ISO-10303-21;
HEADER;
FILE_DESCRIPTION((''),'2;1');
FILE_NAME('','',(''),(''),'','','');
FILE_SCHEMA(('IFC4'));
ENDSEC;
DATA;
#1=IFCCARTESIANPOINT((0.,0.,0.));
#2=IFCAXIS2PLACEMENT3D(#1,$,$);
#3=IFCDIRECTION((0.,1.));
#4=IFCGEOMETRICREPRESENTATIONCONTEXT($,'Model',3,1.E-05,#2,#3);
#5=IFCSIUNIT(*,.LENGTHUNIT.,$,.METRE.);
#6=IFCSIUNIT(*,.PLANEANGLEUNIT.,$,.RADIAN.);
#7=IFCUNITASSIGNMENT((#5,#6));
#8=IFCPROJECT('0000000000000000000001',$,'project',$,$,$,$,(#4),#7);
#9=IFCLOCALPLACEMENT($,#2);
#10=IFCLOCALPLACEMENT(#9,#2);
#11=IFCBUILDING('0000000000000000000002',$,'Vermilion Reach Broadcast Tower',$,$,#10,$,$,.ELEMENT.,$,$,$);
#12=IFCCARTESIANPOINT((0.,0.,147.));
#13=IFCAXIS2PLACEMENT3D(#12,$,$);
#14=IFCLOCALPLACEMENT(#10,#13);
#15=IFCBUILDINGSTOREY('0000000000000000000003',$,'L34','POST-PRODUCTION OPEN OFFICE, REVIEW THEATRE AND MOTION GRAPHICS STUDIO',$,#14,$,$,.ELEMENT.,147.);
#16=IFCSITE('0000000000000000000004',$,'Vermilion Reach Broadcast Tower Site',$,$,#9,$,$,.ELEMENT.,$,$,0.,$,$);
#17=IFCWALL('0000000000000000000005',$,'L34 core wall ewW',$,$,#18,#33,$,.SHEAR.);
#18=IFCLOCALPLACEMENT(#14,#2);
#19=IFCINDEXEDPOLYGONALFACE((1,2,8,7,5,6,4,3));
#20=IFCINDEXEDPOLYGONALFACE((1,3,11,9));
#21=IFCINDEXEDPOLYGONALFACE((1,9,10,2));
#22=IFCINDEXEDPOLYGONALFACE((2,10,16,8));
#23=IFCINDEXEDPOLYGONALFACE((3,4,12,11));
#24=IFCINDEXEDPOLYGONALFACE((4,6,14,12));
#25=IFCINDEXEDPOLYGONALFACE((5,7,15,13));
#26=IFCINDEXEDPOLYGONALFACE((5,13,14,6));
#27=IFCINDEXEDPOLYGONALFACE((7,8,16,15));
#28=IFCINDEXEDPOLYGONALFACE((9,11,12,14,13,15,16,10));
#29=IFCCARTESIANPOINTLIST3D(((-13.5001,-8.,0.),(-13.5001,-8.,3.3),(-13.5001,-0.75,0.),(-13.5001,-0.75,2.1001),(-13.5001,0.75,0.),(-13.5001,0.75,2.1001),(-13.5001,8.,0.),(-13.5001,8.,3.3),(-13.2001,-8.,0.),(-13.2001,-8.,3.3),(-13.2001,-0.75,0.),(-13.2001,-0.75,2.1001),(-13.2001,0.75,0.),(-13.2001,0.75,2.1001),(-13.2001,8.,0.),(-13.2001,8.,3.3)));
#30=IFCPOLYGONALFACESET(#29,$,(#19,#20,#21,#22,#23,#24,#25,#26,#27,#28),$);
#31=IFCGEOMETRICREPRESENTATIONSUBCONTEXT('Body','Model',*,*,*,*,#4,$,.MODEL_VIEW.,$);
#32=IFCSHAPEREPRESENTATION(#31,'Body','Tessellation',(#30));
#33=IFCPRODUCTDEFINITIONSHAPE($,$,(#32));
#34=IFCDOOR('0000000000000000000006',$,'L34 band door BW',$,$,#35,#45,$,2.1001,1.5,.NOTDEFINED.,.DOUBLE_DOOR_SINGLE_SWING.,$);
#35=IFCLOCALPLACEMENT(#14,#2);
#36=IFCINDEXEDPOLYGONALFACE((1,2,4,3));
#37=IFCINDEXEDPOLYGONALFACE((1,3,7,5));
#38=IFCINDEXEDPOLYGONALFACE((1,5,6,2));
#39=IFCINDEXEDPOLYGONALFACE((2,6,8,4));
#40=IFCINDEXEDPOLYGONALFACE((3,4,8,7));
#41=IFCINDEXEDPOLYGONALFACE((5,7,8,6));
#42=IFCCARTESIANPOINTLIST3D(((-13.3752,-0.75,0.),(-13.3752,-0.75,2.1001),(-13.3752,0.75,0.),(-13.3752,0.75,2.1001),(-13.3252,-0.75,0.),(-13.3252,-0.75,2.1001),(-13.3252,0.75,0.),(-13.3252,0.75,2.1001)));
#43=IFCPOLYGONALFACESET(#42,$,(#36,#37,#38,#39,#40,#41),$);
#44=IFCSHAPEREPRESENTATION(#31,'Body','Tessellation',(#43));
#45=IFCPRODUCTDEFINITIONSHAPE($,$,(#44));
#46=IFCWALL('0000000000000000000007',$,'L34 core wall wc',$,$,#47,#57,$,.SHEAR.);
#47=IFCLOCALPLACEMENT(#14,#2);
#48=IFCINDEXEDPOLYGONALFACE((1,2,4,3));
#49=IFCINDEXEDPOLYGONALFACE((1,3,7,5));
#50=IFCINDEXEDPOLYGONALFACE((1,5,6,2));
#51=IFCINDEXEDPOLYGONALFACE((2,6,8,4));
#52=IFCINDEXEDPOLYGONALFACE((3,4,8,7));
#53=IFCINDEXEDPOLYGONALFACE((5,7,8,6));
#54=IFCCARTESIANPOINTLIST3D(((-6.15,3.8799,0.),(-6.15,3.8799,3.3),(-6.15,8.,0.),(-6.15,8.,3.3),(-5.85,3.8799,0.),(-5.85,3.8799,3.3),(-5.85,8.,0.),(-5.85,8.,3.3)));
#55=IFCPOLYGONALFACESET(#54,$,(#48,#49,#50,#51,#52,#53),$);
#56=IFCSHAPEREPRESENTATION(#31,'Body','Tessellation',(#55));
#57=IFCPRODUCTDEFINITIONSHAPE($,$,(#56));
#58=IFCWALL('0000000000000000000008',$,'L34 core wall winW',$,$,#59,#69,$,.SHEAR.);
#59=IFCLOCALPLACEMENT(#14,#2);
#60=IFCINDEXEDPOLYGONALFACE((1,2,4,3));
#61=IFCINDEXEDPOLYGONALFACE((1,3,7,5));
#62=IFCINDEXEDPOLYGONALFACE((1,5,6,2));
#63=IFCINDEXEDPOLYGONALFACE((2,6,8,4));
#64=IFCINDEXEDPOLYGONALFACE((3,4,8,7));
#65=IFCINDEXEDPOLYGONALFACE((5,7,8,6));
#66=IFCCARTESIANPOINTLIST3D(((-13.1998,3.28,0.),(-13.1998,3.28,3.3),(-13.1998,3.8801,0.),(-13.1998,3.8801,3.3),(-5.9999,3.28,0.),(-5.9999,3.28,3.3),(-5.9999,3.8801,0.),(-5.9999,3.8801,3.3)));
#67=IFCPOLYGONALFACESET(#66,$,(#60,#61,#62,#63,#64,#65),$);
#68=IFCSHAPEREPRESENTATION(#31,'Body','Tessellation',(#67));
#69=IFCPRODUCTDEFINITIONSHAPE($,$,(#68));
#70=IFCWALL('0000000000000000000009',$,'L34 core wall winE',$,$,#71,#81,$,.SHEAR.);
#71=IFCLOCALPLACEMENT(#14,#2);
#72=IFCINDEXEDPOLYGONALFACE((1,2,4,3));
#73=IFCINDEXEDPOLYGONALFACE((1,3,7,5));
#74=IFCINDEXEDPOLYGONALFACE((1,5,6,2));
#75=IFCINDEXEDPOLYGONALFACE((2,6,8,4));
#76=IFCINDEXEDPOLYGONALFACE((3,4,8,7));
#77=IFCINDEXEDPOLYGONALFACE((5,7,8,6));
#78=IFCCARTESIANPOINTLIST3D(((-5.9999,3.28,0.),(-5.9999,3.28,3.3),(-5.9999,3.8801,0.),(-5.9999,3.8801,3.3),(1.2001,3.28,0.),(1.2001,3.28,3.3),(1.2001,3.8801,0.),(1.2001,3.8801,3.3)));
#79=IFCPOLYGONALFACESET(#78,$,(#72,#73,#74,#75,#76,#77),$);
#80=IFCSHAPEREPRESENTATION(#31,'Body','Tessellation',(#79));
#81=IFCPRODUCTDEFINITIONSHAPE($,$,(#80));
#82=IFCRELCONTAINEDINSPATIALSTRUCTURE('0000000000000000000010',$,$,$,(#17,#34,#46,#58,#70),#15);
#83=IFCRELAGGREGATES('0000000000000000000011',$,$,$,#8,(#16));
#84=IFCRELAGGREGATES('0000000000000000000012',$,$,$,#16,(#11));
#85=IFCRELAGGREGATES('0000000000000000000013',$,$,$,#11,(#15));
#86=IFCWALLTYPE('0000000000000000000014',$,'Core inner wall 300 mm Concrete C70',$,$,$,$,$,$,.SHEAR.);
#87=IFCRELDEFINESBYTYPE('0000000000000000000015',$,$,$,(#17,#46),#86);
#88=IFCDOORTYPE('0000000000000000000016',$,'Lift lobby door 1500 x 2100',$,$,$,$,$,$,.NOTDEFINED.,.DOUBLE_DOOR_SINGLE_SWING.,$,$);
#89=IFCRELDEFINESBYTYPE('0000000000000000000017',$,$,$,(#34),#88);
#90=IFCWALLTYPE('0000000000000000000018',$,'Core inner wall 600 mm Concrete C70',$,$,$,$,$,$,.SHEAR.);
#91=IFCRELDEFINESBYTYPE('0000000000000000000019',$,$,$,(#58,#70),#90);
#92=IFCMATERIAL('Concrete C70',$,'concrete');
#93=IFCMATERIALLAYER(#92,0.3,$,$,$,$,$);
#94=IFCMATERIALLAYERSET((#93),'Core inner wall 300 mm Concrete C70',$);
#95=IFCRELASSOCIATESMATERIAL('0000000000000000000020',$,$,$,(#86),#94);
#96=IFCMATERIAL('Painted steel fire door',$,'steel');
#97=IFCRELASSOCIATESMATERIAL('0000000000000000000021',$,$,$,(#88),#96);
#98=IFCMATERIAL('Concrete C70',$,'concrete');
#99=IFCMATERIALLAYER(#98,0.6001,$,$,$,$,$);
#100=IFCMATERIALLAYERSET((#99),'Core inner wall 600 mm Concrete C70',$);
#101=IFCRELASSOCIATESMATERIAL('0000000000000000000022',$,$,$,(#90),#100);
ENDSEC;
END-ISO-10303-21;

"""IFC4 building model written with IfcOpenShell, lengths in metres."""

from ifc_helpers import new_model, si_unit, direction, frame, frame_2d, origin, place, context, subcontext, project, spatial, rectangle, extrude, material, layer, layer_set, type_object, element, fill, save


model = new_model("IFC4")

# Units and contexts
model_context = context("Model", 3, precision=1e-05, world=origin(), true_north=direction((0.0, 1.0)))
body_context = subcontext(model_context, "Body", "Model", "MODEL_VIEW")
ifc_project = project(units=[si_unit("LENGTHUNIT", "METRE"), si_unit("PLANEANGLEUNIT", "RADIAN")], contexts=[model_context])

# Site, building, storey
site_placement = place(None, origin())
site = spatial("IfcSite", under=ifc_project, at=site_placement, Name="Vermilion Reach Broadcast Tower Site", CompositionType="ELEMENT", RefElevation=0.0)
building_placement = place(site_placement, origin())
building = spatial("IfcBuilding", under=site, at=building_placement, Name="Vermilion Reach Broadcast Tower", CompositionType="ELEMENT")
storey_placement = place(building_placement, frame((0.0, 0.0, 147.0)))
storey = spatial("IfcBuildingStorey", under=building, at=storey_placement, Name="L34", Description="POST-PRODUCTION OPEN OFFICE, REVIEW THEATRE AND MOTION GRAPHICS STUDIO", CompositionType="ELEMENT", Elevation=147.0)

# Wall, opening, door
ifc_material_1 = material(Name="Concrete C70", Category="concrete")
ifc_layer_1 = layer(ifc_material_1, 0.3)
ifc_layer_set_1 = layer_set([ifc_layer_1], Name="Core inner wall 300 mm Concrete C70")
wall_type_1 = type_object("IfcWallType", Name="Core inner wall 300 mm Concrete C70", PredefinedType="SHEAR", material=ifc_layer_set_1)
wall_1_placement = place(storey_placement, frame((-13.3501, 8.0, 0.0), z_axis=(0.0, 0.0, 1.0), x_axis=(0.0, -1.0, 0.0)))
wall_1 = element("IfcWall", 1, at=wall_1_placement, inside=storey, type_object=wall_type_1, Name="L34 core wall ewW", PredefinedType="SHEAR", context=body_context, shape_type="SweptSolid", body=[
    extrude(rectangle(XDim=16.0, YDim=0.3, at=frame_2d((8.0, 0.0))), origin(), (0.0, 0.0, 1.0), 3.3),
])
opening_1_placement = place(wall_1_placement, frame((7.25, 0.0, 0.0)))
opening_1 = element("IfcOpeningElement", 2, at=opening_1_placement, cuts=wall_1, PredefinedType="OPENING", context=body_context, shape_type="SweptSolid", body=[
    extrude(rectangle(XDim=1.5, YDim=2.1001, at=frame_2d((0.75, 1.05))), frame((0.0, 0.1599, 0.0), z_axis=(0.0, -1.0, 0.0), x_axis=(1.0, 0.0, 0.0)), (0.0, 0.0, 1.0), 0.3201),
])
ifc_material_2 = material(Name="Painted steel fire door", Category="steel")
door_type_1 = type_object("IfcDoorType", Name="Lift lobby door 1500 x 2100", OperationType="DOUBLE_DOOR_SINGLE_SWING", PredefinedType="NOTDEFINED", material=ifc_material_2)
door_1_placement = place(opening_1_placement, origin())
door_1 = element("IfcDoor", 3, at=door_1_placement, inside=storey, type_object=door_type_1, Name="L34 band door BW", OperationType="DOUBLE_DOOR_SINGLE_SWING", OverallHeight=2.1001, OverallWidth=1.5, PredefinedType="NOTDEFINED", context=body_context, shape_type="SweptSolid", body=[
    extrude(rectangle(XDim=1.5, YDim=2.1001, at=frame_2d((0.75, 1.05))), frame((0.0, 0.0249, 0.0), z_axis=(0.0, -1.0, 0.0), x_axis=(1.0, 0.0, 0.0)), (0.0, 0.0, 1.0), 0.05),
])
fill(opening_1, door_1)

# Walls
wall_2_placement = place(storey_placement, frame((-6.0, 3.8799, 0.0), z_axis=(0.0, 0.0, 1.0), x_axis=(0.0, 1.0, 0.0)))
element("IfcWall", 4, at=wall_2_placement, inside=storey, type_object=wall_type_1, Name="L34 core wall wc", PredefinedType="SHEAR", context=body_context, shape_type="SweptSolid", body=[
    extrude(rectangle(XDim=4.1201, YDim=0.3, at=frame_2d((2.0601, 0.0))), origin(), (0.0, 0.0, 1.0), 3.3),
])
ifc_material_3 = material(Name="Concrete C70", Category="concrete")
ifc_layer_2 = layer(ifc_material_3, 0.6001)
ifc_layer_set_2 = layer_set([ifc_layer_2], Name="Core inner wall 600 mm Concrete C70")
wall_type_2 = type_object("IfcWallType", Name="Core inner wall 600 mm Concrete C70", PredefinedType="SHEAR", material=ifc_layer_set_2)
for number, where, z_axis, x_axis, name in (
    (5, (-13.2, 3.5801, 0.0), (0.0, 0.0, 1.0), (1.0, 0.0, 0.0), "L34 core wall winW"),
    (6, (-6.0, 3.5801, 0.0), (0.0, 0.0, 1.0), (1.0, 0.0, 0.0), "L34 core wall winE"),
):
    element("IfcWall", number, at=place(storey_placement, frame(where, z_axis=z_axis, x_axis=x_axis)), inside=storey, type_object=wall_type_2, Name=name, PredefinedType="SHEAR", context=body_context, shape_type="SweptSolid", body=[
        extrude(rectangle(XDim=7.2, YDim=0.6001, at=frame_2d((3.6001, 0.0))), origin(), (0.0, 0.0, 1.0), 3.3),
    ])

save(model, "model.ifc")
